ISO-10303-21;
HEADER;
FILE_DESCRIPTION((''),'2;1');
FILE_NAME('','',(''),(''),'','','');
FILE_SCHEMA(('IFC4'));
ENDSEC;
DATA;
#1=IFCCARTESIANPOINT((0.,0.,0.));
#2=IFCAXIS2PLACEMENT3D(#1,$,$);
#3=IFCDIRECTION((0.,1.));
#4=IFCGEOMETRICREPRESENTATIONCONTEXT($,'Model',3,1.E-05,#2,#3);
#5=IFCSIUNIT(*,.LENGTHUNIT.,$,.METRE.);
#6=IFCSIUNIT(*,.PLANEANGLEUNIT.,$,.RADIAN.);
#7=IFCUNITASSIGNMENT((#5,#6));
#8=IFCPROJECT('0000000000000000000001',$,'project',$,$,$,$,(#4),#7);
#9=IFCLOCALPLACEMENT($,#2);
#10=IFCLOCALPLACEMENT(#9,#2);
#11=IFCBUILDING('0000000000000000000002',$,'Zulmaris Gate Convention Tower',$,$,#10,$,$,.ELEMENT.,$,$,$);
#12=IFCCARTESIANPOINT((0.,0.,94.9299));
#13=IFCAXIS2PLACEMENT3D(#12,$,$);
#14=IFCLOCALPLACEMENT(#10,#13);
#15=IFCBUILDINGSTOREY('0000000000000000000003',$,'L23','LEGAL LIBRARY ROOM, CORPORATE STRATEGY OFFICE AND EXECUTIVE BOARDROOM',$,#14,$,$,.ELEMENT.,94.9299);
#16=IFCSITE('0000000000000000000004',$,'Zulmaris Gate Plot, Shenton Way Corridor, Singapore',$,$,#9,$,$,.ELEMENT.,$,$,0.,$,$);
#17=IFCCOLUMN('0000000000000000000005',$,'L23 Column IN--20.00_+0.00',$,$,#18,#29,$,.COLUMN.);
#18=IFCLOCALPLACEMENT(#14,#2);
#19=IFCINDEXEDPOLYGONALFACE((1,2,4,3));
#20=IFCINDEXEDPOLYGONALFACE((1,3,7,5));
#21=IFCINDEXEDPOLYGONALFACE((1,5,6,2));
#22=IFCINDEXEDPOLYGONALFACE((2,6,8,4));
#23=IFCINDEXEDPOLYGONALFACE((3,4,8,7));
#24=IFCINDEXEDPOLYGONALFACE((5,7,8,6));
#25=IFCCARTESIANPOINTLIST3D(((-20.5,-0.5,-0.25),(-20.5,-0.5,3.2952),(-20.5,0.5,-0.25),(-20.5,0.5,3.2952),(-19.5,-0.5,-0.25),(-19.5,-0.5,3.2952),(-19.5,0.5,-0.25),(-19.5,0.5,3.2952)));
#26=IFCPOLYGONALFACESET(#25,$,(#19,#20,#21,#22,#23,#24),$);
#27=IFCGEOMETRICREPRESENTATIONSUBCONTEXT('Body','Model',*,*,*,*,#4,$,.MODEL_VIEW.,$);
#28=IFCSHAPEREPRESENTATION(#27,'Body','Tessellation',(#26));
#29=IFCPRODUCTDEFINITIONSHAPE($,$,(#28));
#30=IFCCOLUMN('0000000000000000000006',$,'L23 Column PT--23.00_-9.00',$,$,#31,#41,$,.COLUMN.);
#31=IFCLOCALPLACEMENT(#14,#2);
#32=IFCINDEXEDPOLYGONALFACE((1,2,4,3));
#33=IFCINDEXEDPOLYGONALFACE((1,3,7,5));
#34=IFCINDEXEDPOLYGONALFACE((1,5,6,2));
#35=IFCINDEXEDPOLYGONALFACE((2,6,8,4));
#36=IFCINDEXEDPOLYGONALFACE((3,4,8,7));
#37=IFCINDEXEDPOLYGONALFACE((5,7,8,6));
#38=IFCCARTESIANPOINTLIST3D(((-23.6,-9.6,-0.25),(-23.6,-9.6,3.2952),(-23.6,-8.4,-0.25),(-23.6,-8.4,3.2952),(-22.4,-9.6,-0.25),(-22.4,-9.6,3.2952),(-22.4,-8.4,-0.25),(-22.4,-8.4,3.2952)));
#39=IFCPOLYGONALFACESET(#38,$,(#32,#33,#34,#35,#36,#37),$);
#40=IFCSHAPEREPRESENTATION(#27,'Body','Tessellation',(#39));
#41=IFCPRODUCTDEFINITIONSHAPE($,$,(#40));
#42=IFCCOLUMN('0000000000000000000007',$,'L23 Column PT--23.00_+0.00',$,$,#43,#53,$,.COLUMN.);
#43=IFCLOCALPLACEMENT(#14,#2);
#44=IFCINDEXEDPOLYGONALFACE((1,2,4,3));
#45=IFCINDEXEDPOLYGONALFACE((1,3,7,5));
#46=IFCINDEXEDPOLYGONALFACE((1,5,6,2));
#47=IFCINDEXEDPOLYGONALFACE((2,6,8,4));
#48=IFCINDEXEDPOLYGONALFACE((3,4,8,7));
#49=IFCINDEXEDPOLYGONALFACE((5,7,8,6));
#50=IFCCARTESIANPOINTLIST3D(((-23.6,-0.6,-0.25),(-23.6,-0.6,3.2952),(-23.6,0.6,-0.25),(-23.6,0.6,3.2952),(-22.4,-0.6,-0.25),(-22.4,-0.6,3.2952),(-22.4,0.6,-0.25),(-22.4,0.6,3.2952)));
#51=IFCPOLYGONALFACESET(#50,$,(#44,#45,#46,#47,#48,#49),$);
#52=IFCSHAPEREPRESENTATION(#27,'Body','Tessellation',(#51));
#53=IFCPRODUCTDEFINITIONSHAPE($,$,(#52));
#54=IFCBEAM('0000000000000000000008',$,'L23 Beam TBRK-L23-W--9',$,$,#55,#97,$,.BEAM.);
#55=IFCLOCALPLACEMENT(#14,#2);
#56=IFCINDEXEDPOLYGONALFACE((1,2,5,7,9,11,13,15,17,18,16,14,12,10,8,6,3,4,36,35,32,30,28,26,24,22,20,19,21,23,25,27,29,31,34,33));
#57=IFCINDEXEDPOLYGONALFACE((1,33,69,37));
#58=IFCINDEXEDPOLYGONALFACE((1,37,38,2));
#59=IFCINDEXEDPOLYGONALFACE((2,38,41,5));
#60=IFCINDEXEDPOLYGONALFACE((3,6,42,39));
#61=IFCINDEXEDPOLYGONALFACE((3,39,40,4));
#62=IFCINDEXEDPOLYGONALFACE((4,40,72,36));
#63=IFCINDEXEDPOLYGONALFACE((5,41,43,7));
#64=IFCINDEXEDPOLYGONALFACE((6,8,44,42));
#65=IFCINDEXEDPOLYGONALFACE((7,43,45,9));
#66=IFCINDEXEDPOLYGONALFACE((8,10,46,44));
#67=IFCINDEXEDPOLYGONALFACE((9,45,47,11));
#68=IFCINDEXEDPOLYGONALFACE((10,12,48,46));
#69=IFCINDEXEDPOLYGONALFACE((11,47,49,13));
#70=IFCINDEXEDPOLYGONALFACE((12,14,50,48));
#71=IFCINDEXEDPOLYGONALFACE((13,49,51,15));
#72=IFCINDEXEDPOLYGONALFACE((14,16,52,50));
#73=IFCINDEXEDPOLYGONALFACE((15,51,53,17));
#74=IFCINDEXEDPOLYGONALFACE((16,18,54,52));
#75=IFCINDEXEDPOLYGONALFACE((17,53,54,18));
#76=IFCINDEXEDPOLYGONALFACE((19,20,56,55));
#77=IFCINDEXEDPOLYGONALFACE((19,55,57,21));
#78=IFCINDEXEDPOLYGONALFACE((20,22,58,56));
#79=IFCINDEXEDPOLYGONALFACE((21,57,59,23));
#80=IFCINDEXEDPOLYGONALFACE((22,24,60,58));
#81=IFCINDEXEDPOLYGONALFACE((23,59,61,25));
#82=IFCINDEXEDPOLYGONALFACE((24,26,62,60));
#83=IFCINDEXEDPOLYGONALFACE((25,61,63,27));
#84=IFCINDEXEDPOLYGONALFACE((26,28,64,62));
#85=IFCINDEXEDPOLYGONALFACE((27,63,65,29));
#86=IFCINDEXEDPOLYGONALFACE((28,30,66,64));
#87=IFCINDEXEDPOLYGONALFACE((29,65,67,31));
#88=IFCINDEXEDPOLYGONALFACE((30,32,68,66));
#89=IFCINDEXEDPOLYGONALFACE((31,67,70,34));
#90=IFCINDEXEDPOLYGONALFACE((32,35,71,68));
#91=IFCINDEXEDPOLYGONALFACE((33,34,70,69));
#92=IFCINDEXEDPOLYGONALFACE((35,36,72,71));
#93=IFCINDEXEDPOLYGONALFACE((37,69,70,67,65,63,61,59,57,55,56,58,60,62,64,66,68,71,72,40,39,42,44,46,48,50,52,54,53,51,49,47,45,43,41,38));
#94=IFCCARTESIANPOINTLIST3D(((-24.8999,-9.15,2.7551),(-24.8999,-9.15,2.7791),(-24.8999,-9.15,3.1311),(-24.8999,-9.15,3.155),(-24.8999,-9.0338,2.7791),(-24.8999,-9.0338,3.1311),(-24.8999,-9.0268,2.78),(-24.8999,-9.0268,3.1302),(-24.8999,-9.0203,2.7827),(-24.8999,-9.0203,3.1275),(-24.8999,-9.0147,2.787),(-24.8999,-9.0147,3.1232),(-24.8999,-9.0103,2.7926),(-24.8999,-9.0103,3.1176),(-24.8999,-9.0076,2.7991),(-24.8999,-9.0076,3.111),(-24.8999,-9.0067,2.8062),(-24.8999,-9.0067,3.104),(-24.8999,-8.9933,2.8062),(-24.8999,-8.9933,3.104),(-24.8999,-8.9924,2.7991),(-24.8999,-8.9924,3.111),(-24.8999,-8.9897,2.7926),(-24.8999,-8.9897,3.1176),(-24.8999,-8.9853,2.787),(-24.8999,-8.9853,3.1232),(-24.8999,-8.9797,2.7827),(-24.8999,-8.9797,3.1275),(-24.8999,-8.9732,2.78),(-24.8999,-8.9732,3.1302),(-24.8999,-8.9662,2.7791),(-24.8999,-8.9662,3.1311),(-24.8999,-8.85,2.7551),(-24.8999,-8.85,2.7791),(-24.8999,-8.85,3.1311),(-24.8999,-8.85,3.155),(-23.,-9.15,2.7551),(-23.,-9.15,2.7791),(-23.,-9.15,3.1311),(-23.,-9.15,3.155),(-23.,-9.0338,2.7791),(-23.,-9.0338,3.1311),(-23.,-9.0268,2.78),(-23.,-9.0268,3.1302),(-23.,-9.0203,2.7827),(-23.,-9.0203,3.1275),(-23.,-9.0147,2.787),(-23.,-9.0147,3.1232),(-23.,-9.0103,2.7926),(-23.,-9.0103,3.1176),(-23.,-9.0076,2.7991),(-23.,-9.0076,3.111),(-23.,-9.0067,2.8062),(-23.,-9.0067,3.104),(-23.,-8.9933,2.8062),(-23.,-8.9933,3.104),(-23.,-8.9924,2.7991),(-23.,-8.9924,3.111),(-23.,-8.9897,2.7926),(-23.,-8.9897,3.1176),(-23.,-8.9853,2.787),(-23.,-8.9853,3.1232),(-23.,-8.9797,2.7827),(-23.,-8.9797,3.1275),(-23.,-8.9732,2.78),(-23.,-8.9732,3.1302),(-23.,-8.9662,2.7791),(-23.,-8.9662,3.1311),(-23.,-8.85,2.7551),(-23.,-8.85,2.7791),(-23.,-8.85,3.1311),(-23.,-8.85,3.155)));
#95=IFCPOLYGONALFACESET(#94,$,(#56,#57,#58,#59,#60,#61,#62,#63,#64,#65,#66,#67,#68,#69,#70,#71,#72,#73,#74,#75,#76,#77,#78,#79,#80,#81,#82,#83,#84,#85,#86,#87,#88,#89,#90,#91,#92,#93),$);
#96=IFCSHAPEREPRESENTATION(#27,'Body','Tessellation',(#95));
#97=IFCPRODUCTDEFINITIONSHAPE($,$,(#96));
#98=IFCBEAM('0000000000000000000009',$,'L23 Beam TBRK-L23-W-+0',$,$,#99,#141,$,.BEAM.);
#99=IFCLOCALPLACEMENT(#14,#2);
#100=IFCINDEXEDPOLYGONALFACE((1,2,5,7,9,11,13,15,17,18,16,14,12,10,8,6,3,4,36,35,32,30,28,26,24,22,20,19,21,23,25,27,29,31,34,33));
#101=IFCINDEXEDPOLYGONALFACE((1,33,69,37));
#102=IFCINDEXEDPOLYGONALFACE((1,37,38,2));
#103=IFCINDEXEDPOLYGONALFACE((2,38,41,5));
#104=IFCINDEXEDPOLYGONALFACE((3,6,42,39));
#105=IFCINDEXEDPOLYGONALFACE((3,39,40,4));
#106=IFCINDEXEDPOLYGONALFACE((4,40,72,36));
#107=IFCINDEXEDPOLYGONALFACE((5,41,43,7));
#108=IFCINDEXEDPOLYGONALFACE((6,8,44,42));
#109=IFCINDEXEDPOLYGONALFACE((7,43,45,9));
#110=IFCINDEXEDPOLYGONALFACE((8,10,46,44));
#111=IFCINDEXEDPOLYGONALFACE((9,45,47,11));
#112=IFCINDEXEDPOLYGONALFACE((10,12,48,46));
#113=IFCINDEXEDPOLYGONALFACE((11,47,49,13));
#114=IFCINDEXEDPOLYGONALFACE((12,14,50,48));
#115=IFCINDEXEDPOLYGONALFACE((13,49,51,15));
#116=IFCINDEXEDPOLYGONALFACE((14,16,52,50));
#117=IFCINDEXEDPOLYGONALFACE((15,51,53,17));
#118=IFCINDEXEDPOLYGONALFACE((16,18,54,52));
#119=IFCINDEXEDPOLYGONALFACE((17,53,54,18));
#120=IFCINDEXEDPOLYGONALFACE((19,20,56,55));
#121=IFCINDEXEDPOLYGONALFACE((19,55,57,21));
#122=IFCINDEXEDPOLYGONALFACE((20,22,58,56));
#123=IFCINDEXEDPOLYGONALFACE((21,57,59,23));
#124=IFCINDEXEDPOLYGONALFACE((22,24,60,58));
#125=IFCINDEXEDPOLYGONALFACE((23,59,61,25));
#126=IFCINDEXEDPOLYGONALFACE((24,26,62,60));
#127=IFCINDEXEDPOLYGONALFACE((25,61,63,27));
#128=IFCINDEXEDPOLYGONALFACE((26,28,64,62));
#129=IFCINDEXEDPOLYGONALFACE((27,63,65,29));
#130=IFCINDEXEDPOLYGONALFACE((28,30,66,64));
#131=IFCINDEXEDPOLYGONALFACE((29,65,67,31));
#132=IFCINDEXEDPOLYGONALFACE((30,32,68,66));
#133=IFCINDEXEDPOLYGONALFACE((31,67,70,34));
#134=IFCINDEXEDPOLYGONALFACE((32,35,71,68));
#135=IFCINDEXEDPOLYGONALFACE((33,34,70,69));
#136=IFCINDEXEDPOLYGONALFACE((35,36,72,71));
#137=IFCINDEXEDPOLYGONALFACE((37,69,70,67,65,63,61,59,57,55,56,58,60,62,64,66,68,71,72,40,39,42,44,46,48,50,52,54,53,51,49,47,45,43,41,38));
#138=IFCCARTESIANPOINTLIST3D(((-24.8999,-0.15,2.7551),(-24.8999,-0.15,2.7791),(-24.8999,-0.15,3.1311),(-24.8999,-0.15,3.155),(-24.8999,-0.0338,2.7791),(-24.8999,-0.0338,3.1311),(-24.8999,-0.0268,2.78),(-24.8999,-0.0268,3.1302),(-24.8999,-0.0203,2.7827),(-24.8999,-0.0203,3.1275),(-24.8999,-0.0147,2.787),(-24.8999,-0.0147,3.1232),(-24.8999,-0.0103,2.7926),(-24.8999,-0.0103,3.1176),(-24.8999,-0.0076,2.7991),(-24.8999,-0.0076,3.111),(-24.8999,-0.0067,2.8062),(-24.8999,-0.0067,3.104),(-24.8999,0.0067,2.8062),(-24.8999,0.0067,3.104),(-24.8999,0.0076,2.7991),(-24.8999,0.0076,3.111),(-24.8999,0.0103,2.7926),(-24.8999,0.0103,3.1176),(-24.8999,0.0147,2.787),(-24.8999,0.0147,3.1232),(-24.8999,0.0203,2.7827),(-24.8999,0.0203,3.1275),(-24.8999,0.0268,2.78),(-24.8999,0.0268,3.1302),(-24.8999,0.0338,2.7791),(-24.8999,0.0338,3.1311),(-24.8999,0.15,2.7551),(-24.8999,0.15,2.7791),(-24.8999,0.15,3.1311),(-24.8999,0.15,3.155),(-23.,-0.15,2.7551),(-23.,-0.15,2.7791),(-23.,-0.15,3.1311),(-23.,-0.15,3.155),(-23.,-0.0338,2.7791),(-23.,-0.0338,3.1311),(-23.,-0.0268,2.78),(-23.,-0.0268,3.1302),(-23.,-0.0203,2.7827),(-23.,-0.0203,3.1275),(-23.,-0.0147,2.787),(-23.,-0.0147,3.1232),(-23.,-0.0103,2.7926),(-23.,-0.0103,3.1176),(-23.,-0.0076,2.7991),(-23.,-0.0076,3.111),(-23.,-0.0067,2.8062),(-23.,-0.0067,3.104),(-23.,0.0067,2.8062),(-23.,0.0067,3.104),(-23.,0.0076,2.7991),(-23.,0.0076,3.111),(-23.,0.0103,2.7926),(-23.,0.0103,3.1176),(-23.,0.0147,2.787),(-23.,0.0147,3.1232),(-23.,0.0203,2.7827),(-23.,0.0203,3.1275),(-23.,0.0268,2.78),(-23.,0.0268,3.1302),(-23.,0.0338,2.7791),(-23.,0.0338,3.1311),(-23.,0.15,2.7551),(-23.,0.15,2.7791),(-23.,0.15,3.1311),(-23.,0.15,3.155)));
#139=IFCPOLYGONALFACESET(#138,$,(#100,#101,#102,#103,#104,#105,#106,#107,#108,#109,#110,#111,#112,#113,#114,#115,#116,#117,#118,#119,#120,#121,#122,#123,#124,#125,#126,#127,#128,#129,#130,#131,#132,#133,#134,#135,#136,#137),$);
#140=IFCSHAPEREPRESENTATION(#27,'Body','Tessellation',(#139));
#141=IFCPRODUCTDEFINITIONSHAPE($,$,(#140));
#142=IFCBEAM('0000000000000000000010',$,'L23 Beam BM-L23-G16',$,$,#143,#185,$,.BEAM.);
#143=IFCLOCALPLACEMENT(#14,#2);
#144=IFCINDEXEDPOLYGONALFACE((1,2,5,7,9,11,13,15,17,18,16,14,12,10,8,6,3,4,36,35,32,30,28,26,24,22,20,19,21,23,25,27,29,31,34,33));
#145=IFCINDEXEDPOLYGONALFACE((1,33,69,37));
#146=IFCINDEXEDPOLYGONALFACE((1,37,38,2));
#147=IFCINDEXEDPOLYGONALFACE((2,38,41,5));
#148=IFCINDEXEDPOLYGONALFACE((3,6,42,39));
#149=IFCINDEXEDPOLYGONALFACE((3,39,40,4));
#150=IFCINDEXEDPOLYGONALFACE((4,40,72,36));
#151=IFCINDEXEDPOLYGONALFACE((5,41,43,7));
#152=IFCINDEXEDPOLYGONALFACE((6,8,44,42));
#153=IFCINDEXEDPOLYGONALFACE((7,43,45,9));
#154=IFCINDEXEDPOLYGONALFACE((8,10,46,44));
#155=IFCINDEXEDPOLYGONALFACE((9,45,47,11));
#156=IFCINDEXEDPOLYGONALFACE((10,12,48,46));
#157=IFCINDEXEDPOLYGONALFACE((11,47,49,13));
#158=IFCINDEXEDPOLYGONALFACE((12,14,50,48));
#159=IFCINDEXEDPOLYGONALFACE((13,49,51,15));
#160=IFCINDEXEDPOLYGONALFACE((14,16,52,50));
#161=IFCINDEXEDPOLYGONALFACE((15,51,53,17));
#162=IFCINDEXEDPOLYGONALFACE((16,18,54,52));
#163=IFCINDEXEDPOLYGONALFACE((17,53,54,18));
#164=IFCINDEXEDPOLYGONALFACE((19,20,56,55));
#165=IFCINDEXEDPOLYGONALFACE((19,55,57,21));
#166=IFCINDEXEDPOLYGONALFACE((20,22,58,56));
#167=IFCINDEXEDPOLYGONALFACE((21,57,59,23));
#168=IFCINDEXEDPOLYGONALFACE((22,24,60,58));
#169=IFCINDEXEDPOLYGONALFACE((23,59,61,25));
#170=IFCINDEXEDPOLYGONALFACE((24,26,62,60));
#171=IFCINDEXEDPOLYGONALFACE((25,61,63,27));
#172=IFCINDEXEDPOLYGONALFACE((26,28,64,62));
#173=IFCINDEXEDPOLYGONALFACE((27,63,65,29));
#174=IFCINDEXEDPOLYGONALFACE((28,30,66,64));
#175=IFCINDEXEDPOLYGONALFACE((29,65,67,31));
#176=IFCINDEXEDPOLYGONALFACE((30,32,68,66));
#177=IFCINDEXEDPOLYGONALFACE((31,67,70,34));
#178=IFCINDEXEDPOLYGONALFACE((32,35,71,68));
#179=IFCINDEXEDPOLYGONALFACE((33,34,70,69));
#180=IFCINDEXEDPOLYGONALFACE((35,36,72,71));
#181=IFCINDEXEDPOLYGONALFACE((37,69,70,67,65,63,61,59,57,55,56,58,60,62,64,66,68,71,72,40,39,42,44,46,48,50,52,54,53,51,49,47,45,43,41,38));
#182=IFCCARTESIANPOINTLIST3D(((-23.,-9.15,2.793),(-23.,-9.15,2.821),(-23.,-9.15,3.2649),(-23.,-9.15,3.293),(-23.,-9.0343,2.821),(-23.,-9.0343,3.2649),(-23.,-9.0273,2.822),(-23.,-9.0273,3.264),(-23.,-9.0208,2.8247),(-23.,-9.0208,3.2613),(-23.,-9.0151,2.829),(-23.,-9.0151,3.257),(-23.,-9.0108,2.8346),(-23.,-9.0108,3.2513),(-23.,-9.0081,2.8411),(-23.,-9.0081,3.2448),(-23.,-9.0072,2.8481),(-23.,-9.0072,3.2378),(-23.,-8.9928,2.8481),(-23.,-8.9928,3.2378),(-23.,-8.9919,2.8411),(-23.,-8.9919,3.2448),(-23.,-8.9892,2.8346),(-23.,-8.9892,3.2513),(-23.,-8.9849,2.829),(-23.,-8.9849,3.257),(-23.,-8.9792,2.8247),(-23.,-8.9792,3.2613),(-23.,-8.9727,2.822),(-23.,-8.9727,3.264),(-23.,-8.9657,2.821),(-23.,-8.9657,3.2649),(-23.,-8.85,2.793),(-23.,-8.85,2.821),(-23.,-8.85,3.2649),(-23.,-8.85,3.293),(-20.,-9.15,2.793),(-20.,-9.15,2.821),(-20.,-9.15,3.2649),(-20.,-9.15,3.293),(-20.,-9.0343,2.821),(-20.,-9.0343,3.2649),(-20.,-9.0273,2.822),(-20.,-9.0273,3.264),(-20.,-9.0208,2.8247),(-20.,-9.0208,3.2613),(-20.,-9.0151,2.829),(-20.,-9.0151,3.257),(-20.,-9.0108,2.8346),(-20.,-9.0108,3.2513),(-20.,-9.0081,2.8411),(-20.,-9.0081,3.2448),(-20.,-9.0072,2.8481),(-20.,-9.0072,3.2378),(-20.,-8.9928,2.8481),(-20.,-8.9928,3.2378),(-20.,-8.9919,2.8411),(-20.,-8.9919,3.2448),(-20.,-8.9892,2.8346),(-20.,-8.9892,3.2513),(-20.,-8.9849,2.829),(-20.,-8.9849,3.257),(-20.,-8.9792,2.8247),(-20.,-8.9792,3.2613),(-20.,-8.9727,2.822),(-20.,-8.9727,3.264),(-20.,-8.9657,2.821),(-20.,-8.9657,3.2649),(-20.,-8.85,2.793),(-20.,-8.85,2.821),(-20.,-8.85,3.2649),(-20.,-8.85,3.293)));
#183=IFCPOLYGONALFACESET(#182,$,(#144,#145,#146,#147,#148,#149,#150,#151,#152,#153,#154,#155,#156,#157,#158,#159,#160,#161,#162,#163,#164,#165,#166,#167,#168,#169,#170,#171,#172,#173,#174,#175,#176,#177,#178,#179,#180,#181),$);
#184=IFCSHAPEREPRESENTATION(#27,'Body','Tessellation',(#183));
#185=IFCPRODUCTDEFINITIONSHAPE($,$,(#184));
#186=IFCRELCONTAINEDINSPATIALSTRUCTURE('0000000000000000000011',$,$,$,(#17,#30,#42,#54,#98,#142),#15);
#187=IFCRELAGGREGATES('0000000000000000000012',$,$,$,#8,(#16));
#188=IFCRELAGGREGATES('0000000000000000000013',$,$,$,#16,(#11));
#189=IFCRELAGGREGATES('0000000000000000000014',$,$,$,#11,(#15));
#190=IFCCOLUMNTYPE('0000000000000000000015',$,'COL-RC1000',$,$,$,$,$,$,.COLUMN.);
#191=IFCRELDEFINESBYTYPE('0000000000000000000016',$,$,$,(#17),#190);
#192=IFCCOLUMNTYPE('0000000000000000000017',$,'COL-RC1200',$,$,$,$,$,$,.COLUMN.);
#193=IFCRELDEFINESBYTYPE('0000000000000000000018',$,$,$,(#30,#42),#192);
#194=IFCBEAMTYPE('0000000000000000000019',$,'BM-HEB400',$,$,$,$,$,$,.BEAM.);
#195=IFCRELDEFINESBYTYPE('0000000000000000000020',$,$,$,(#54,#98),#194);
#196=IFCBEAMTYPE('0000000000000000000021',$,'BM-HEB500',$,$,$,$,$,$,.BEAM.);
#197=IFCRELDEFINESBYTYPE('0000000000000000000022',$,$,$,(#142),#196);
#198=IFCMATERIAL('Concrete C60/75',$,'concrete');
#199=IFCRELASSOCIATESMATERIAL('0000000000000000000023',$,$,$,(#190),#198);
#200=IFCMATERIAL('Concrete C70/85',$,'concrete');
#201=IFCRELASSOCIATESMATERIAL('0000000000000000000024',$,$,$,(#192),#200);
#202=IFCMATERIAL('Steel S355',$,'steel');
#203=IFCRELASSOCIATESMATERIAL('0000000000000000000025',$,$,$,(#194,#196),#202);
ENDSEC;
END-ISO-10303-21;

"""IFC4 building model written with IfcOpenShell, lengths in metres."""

from ifc_helpers import new_model, si_unit, direction, frame, origin, origin_2d, place, context, subcontext, project, spatial, rectangle, i_section, extrude, material, material_profile, profile_set, type_object, element, save


model = new_model("IFC4")

# Units and contexts
model_context = context("Model", 3, precision=1e-05, world=origin(), true_north=direction((0.0, 1.0)))
body_context = subcontext(model_context, "Body", "Model", "MODEL_VIEW")
ifc_project = project(units=[si_unit("LENGTHUNIT", "METRE"), si_unit("PLANEANGLEUNIT", "RADIAN")], contexts=[model_context])

# Site, building, storey
site_placement = place(None, origin())
site = spatial("IfcSite", under=ifc_project, at=site_placement, Name="Zulmaris Gate Plot, Shenton Way Corridor, Singapore", CompositionType="ELEMENT", RefElevation=0.0)
building_placement = place(site_placement, origin())
building = spatial("IfcBuilding", under=site, at=building_placement, Name="Zulmaris Gate Convention Tower", CompositionType="ELEMENT")
storey_placement = place(building_placement, frame((0.0, 0.0, 94.9299)))
storey = spatial("IfcBuildingStorey", under=building, at=storey_placement, Name="L23", Description="LEGAL LIBRARY ROOM, CORPORATE STRATEGY OFFICE AND EXECUTIVE BOARDROOM", CompositionType="ELEMENT", Elevation=94.9299)

# Columns
ifc_material_1 = material(Name="Concrete C60/75", Category="concrete")
ifc_material_profile_1 = material_profile(ifc_material_1, rectangle(XDim=1.0, YDim=1.0, at=origin_2d()), Name="RC COL 1000x1000")
ifc_profile_set_1 = profile_set([ifc_material_profile_1], Name="Concrete C60/75")
column_type_1 = type_object("IfcColumnType", Name="COL-RC1000", PredefinedType="COLUMN", material=ifc_profile_set_1)
column_placement = place(storey_placement, frame((-20.0, 0.0, -0.25), z_axis=(0.0, 0.0, 1.0), x_axis=(1.0, 0.0, 0.0)))
element("IfcColumn", 1, at=column_placement, inside=storey, type_object=column_type_1, Name="L23 Column IN--20.00_+0.00", PredefinedType="COLUMN", context=body_context, shape_type="SweptSolid", body=[
    extrude(rectangle(XDim=1.0, YDim=1.0, at=origin_2d()), origin(), (0.0, 0.0, 1.0), 3.5452),
])
ifc_material_2 = material(Name="Concrete C70/85", Category="concrete")
ifc_material_profile_2 = material_profile(ifc_material_2, rectangle(XDim=1.2, YDim=1.2, at=origin_2d()), Name="RC COL 1200x1200")
ifc_profile_set_2 = profile_set([ifc_material_profile_2], Name="Concrete C70/85")
column_type_2 = type_object("IfcColumnType", Name="COL-RC1200", PredefinedType="COLUMN", material=ifc_profile_set_2)
for number, where, z_axis, x_axis, name in (
    (2, (-23.0, -9.0, -0.25), (0.0, 0.0, 1.0), (1.0, 0.0, 0.0), "L23 Column PT--23.00_-9.00"),
    (3, (-23.0, 0.0, -0.25), (0.0, 0.0, 1.0), (1.0, 0.0, 0.0), "L23 Column PT--23.00_+0.00"),
):
    element("IfcColumn", number, at=place(storey_placement, frame(where, z_axis=z_axis, x_axis=x_axis)), inside=storey, type_object=column_type_2, Name=name, PredefinedType="COLUMN", context=body_context, shape_type="SweptSolid", body=[
        extrude(rectangle(XDim=1.2, YDim=1.2, at=origin_2d()), origin(), (0.0, 0.0, 1.0), 3.5452),
    ])

# Beams
ifc_material_3 = material(Name="Steel S355", Category="steel")
ifc_material_profile_3 = material_profile(ifc_material_3, i_section(OverallWidth=0.3, OverallDepth=0.3999, WebThickness=0.0134, FlangeThickness=0.0239, FilletRadius=0.0271, at=origin_2d()), Name="HEB 400")
ifc_profile_set_3 = profile_set([ifc_material_profile_3], Name="Steel S355")
beam_type_1 = type_object("IfcBeamType", Name="BM-HEB400", PredefinedType="BEAM", material=ifc_profile_set_3)
for number, where, z_axis, x_axis, name in (
    (4, (-24.8999, -9.0, 2.9551), (1.0, 0.0, 0.0), (0.0, 1.0, 0.0), "L23 Beam TBRK-L23-W--9"),
    (5, (-24.8999, 0.0, 2.9551), (1.0, 0.0, 0.0), (0.0, 1.0, 0.0), "L23 Beam TBRK-L23-W-+0"),
):
    element("IfcBeam", number, at=place(storey_placement, frame(where, z_axis=z_axis, x_axis=x_axis)), inside=storey, type_object=beam_type_1, Name=name, PredefinedType="BEAM", context=body_context, shape_type="SweptSolid", body=[
        extrude(i_section(OverallWidth=0.3, OverallDepth=0.3999, WebThickness=0.0134, FlangeThickness=0.0239, FilletRadius=0.0271, at=origin_2d()), origin(), (0.0, 0.0, 1.0), 1.8999),
    ])
ifc_material_profile_4 = material_profile(ifc_material_3, i_section(OverallWidth=0.3, OverallDepth=0.5, WebThickness=0.0144, FlangeThickness=0.0281, FilletRadius=0.0271, at=origin_2d()), Name="HEB 500")
ifc_profile_set_4 = profile_set([ifc_material_profile_4], Name="Steel S355")
beam_type_2 = type_object("IfcBeamType", Name="BM-HEB500", PredefinedType="BEAM", material=ifc_profile_set_4)
for number, where, z_axis, x_axis, name in (
    (6, (-23.0, -9.0, 3.043), (1.0, 0.0, 0.0), (0.0, 1.0, 0.0), "L23 Beam BM-L23-G16"),
):
    element("IfcBeam", number, at=place(storey_placement, frame(where, z_axis=z_axis, x_axis=x_axis)), inside=storey, type_object=beam_type_2, Name=name, PredefinedType="BEAM", context=body_context, shape_type="SweptSolid", body=[
        extrude(i_section(OverallWidth=0.3, OverallDepth=0.5, WebThickness=0.0144, FlangeThickness=0.0281, FilletRadius=0.0271, at=origin_2d()), origin(), (0.0, 0.0, 1.0), 3.0),
    ])

save(model, "model.ifc")
